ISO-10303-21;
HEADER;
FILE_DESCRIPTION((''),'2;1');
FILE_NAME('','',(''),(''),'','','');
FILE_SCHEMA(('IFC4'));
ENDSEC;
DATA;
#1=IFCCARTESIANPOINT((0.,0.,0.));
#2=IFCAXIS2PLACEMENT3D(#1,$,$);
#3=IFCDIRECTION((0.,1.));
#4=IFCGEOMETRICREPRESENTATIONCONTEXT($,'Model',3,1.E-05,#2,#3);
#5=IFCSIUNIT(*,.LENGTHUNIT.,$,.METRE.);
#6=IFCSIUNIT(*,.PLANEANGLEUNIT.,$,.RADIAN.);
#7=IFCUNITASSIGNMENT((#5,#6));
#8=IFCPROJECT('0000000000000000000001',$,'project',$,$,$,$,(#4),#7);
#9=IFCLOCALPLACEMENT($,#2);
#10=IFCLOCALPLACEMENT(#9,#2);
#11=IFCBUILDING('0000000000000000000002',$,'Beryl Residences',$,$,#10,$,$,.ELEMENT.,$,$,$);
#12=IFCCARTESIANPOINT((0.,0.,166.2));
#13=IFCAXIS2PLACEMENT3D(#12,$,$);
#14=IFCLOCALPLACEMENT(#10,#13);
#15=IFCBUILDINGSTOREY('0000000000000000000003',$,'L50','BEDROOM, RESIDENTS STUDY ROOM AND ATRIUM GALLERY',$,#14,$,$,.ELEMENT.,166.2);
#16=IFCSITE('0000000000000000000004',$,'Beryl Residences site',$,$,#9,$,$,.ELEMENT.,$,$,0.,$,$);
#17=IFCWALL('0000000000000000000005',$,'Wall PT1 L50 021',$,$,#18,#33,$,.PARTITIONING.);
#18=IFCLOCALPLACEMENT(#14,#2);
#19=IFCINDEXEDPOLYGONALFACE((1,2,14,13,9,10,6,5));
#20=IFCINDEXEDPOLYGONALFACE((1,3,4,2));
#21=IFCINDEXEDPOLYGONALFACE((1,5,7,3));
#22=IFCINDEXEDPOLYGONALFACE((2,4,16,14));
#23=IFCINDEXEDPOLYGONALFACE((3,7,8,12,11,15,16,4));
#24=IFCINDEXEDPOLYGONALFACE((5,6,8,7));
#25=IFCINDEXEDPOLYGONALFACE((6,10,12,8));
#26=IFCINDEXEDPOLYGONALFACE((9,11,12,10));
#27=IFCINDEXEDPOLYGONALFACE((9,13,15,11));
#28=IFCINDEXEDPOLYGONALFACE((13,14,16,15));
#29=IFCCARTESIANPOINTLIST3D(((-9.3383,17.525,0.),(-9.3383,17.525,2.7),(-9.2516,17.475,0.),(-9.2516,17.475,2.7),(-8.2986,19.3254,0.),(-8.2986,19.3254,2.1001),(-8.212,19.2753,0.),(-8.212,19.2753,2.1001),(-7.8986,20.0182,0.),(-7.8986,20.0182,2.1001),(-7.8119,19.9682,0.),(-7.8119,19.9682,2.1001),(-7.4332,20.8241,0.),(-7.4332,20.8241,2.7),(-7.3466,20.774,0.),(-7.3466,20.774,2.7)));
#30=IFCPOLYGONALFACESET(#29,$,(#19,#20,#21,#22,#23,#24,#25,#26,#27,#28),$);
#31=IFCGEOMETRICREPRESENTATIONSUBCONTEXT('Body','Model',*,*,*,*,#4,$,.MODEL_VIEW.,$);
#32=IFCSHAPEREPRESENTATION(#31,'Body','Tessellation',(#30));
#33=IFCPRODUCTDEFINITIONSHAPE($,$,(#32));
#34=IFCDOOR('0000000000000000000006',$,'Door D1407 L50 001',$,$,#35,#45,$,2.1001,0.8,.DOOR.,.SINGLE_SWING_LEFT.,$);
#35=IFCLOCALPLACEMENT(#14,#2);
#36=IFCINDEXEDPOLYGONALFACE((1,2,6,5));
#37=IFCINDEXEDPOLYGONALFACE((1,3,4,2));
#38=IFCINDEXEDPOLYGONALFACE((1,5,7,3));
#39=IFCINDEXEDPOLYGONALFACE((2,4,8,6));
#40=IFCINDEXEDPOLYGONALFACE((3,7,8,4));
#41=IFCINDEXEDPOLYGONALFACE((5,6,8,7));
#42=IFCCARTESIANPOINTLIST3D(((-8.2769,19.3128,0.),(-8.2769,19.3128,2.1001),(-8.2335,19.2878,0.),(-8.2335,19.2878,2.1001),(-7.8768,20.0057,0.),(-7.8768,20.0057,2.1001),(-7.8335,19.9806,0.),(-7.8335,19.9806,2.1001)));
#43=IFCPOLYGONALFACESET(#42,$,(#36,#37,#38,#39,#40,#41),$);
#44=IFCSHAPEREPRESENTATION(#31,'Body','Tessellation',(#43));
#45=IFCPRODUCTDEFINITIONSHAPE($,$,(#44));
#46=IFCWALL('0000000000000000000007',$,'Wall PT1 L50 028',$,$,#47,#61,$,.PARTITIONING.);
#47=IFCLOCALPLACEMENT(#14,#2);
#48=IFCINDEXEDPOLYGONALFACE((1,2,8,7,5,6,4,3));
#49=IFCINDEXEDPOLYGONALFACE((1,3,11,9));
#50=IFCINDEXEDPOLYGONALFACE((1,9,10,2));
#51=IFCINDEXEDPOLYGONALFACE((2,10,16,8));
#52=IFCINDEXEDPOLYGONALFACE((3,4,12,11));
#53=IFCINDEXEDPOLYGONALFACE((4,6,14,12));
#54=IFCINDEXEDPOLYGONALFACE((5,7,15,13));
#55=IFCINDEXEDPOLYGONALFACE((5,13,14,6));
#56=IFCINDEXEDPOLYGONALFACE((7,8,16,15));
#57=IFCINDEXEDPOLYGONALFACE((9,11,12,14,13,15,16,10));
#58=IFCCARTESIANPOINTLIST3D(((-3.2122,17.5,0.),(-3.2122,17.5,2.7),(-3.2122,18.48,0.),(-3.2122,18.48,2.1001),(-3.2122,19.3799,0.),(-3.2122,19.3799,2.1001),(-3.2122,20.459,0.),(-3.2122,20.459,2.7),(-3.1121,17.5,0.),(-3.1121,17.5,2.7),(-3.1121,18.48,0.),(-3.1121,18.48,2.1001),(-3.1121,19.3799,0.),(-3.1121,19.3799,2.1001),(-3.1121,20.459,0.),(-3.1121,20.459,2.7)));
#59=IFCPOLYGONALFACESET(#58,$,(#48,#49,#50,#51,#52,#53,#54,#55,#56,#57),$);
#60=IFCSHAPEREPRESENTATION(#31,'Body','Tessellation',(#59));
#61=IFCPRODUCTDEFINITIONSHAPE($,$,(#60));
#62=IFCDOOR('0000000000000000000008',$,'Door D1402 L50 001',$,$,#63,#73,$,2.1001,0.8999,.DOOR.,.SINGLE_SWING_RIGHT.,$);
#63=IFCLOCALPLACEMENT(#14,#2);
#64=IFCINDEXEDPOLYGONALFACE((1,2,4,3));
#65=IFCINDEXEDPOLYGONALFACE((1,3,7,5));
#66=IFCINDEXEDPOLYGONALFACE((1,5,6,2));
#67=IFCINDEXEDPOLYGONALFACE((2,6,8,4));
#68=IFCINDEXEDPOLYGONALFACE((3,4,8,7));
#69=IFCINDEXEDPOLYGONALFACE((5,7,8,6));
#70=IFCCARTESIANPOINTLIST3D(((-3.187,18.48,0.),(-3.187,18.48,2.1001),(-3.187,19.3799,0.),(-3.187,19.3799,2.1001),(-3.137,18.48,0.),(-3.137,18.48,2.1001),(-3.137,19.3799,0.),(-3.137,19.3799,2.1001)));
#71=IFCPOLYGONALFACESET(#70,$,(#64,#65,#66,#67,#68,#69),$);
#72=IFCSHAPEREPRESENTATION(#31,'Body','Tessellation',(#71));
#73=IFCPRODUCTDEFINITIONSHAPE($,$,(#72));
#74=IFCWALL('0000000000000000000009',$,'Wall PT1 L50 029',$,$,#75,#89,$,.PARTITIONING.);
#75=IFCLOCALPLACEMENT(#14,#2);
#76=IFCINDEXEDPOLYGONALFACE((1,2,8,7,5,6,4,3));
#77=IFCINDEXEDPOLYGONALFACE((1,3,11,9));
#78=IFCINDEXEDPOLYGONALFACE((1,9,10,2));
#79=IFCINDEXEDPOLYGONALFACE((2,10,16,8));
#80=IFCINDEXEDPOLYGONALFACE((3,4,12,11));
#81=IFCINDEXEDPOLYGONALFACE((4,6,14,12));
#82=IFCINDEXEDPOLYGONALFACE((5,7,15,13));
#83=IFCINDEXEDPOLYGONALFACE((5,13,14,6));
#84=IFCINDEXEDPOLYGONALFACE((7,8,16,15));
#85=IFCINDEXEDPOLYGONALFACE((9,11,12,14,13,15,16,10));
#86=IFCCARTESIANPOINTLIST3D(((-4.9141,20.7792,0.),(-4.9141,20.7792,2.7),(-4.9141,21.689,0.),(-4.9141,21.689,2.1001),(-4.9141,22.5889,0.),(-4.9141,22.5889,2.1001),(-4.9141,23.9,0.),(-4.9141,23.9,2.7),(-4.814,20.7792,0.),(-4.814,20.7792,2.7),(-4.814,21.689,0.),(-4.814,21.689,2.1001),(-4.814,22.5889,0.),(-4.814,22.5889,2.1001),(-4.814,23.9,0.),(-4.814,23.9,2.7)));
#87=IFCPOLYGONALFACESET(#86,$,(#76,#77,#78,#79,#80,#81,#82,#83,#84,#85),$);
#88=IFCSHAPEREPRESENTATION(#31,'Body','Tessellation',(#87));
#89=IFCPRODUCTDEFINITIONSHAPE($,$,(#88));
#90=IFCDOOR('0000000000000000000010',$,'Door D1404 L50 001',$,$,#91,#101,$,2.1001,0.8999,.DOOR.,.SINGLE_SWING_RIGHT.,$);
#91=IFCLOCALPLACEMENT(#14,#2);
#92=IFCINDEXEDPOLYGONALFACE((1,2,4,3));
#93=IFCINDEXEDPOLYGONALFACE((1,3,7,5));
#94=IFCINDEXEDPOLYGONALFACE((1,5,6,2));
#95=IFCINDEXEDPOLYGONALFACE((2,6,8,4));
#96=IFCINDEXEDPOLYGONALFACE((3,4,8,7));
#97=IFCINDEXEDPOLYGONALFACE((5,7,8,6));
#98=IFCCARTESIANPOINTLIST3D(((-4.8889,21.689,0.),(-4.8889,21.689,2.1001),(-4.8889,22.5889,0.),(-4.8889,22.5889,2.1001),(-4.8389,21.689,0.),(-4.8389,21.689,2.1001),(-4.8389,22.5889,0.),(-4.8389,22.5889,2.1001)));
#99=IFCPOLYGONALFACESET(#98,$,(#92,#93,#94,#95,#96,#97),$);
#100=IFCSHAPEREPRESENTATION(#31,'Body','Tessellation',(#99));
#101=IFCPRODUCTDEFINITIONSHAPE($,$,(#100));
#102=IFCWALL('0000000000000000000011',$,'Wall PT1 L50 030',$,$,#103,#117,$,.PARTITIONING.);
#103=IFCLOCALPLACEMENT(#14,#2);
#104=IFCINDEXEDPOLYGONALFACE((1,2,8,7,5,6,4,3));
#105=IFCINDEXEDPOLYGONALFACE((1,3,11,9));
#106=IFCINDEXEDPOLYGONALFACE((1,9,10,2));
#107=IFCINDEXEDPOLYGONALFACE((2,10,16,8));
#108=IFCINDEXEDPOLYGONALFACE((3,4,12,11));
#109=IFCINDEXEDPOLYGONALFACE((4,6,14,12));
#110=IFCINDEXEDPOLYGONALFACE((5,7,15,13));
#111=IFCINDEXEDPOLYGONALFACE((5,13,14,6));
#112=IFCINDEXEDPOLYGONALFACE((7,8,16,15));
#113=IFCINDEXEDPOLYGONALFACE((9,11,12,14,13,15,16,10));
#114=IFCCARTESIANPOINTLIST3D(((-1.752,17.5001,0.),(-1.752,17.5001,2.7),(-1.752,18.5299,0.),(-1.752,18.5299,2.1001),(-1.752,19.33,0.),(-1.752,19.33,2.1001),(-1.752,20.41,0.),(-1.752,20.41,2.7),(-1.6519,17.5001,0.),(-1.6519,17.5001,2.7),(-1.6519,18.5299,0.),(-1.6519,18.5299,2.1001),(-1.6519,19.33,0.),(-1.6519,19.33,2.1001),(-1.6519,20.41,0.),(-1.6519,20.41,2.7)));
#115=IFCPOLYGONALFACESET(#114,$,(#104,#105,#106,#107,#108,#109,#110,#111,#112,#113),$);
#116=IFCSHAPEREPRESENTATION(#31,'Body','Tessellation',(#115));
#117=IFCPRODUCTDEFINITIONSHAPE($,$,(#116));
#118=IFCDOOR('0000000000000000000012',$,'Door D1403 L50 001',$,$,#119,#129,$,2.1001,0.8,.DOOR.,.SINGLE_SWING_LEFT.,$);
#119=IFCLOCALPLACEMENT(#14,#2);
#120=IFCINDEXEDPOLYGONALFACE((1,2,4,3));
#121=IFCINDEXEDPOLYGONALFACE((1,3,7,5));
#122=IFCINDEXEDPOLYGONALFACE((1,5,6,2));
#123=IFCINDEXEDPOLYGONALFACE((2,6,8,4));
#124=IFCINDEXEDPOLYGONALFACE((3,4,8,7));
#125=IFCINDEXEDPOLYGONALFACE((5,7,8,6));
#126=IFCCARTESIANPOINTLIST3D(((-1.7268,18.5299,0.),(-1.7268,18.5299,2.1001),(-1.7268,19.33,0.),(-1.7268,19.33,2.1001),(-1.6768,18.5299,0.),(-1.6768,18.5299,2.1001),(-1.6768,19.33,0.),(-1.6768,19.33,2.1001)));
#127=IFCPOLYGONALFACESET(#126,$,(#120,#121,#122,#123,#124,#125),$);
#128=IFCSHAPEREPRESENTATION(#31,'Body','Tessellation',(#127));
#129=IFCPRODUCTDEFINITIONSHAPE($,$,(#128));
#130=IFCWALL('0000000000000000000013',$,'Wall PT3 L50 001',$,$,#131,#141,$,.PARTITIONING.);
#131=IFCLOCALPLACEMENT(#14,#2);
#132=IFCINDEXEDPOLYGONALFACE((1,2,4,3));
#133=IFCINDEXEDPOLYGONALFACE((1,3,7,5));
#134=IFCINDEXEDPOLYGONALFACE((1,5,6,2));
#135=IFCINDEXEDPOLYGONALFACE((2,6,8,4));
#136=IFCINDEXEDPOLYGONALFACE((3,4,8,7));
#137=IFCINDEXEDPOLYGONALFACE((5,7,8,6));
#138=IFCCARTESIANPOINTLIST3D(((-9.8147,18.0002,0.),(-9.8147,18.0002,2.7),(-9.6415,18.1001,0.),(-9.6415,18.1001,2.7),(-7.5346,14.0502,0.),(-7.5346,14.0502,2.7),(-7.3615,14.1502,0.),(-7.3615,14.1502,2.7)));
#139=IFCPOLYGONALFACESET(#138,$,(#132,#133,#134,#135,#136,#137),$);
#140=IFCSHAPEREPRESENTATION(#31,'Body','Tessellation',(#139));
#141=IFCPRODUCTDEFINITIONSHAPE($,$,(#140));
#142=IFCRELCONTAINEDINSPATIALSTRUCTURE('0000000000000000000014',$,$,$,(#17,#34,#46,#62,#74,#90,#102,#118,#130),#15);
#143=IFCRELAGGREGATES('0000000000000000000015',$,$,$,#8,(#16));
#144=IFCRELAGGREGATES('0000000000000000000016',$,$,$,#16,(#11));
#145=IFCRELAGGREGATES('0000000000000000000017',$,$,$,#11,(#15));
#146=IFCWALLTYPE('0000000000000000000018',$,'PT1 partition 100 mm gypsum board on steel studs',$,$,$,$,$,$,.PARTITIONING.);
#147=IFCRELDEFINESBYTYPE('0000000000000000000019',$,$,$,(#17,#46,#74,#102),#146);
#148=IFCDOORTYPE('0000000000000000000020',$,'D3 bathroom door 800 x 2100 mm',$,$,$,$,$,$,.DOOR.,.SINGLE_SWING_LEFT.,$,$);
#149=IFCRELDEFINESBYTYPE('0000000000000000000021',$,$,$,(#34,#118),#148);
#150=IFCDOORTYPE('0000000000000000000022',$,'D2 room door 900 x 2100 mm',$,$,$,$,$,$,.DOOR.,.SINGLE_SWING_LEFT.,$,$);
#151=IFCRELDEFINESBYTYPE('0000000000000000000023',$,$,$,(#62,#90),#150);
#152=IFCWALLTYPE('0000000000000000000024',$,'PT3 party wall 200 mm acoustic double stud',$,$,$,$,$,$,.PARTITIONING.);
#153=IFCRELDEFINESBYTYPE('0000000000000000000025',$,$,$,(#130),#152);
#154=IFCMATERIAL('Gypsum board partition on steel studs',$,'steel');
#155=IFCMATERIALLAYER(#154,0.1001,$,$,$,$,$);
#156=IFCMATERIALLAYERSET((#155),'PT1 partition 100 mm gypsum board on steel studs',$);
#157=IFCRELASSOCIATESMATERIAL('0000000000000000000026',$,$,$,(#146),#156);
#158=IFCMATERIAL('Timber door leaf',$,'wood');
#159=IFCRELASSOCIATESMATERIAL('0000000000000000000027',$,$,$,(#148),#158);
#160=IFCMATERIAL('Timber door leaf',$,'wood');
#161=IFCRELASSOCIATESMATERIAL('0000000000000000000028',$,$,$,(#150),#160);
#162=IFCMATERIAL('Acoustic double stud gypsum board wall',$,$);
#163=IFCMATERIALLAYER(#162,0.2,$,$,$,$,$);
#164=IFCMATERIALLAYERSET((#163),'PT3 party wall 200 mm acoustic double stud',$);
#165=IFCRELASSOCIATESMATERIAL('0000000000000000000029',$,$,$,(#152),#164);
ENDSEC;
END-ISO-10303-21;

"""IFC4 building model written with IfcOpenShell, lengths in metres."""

from ifc_helpers import new_model, si_unit, direction, frame, frame_2d, origin, place, context, subcontext, project, spatial, rectangle, extrude, material, layer, layer_set, type_object, element, fill, save


model = new_model("IFC4")

# Units and contexts
model_context = context("Model", 3, precision=1e-05, world=origin(), true_north=direction((0.0, 1.0)))
body_context = subcontext(model_context, "Body", "Model", "MODEL_VIEW")
ifc_project = project(units=[si_unit("LENGTHUNIT", "METRE"), si_unit("PLANEANGLEUNIT", "RADIAN")], contexts=[model_context])

# Site, building, storey
site_placement = place(None, origin())
site = spatial("IfcSite", under=ifc_project, at=site_placement, Name="Beryl Residences site", CompositionType="ELEMENT", RefElevation=0.0)
building_placement = place(site_placement, origin())
building = spatial("IfcBuilding", under=site, at=building_placement, Name="Beryl Residences", CompositionType="ELEMENT")
storey_placement = place(building_placement, frame((0.0, 0.0, 166.2)))
storey = spatial("IfcBuildingStorey", under=building, at=storey_placement, Name="L50", Description="BEDROOM, RESIDENTS STUDY ROOM AND ATRIUM GALLERY", CompositionType="ELEMENT", Elevation=166.2)

# Shared definitions
ifc_material_1 = material(Name="Gypsum board partition on steel studs", Category="steel")
ifc_layer_1 = layer(ifc_material_1, 0.1001)
ifc_layer_set_1 = layer_set([ifc_layer_1], Name="PT1 partition 100 mm gypsum board on steel studs")
wall_type_1 = type_object("IfcWallType", Name="PT1 partition 100 mm gypsum board on steel studs", PredefinedType="PARTITIONING", material=ifc_layer_set_1)

# Walls, openings, doors
wall_1_placement = place(storey_placement, frame((-9.2949, 17.5, 0.0), z_axis=(0.0, 0.0, 1.0), x_axis=(0.500061, 0.86599, 0.0)))
wall_1 = element("IfcWall", 1, at=wall_1_placement, inside=storey, type_object=wall_type_1, Name="Wall PT1 L50 021", PredefinedType="PARTITIONING", context=body_context, shape_type="SweptSolid", body=[
    extrude(rectangle(XDim=3.8096, YDim=0.1001, at=frame_2d((1.9048, 0.0))), origin(), (0.0, 0.0, 1.0), 2.7),
])
opening_1_placement = place(wall_1_placement, frame((2.0791, 0.0, 0.0)))
opening_1 = element("IfcOpeningElement", 2, at=opening_1_placement, cuts=wall_1, PredefinedType="OPENING", context=body_context, shape_type="SweptSolid", body=[
    extrude(rectangle(XDim=0.8, YDim=2.1001, at=frame_2d((0.3999, 1.05))), frame((0.0, 0.0601, 0.0), z_axis=(0.0, -1.0, 0.0), x_axis=(1.0, 0.0, 0.0)), (0.0, 0.0, 1.0), 0.1201),
])
ifc_material_2 = material(Name="Timber door leaf", Category="wood")
door_type_1 = type_object("IfcDoorType", Name="D3 bathroom door 800 x 2100 mm", OperationType="SINGLE_SWING_LEFT", PredefinedType="DOOR", material=ifc_material_2)
door_1_placement = place(opening_1_placement, origin())
door_1 = element("IfcDoor", 3, at=door_1_placement, inside=storey, type_object=door_type_1, Name="Door D1407 L50 001", OperationType="SINGLE_SWING_LEFT", OverallHeight=2.1001, OverallWidth=0.8, PredefinedType="DOOR", context=body_context, shape_type="SweptSolid", body=[
    extrude(rectangle(XDim=0.8, YDim=2.1001, at=frame_2d((0.3999, 1.05))), frame((0.0, 0.0249, 0.0), z_axis=(0.0, -1.0, 0.0), x_axis=(1.0, 0.0, 0.0)), (0.0, 0.0, 1.0), 0.05),
])
fill(opening_1, door_1)
wall_2_placement = place(storey_placement, frame((-3.1621, 17.5, 0.0), z_axis=(0.0, 0.0, 1.0), x_axis=(0.0, 1.0, 0.0)))
wall_2 = element("IfcWall", 4, at=wall_2_placement, inside=storey, type_object=wall_type_1, Name="Wall PT1 L50 028", PredefinedType="PARTITIONING", context=body_context, shape_type="SweptSolid", body=[
    extrude(rectangle(XDim=2.959, YDim=0.1001, at=frame_2d((1.4795, 0.0))), origin(), (0.0, 0.0, 1.0), 2.7),
])
opening_2_placement = place(wall_2_placement, frame((0.98, 0.0, 0.0)))
opening_2 = element("IfcOpeningElement", 5, at=opening_2_placement, cuts=wall_2, PredefinedType="OPENING", context=body_context, shape_type="SweptSolid", body=[
    extrude(rectangle(XDim=0.8999, YDim=2.1001, at=frame_2d((0.45, 1.05))), frame((0.0, 0.0601, 0.0), z_axis=(0.0, -1.0, 0.0), x_axis=(1.0, 0.0, 0.0)), (0.0, 0.0, 1.0), 0.1201),
])
ifc_material_3 = material(Name="Timber door leaf", Category="wood")
door_type_2 = type_object("IfcDoorType", Name="D2 room door 900 x 2100 mm", OperationType="SINGLE_SWING_LEFT", PredefinedType="DOOR", material=ifc_material_3)
door_2_placement = place(opening_2_placement, origin())
door_2 = element("IfcDoor", 6, at=door_2_placement, inside=storey, type_object=door_type_2, Name="Door D1402 L50 001", OperationType="SINGLE_SWING_RIGHT", OverallHeight=2.1001, OverallWidth=0.8999, PredefinedType="DOOR", context=body_context, shape_type="SweptSolid", body=[
    extrude(rectangle(XDim=0.8999, YDim=2.1001, at=frame_2d((0.45, 1.05))), frame((0.0, 0.0249, 0.0), z_axis=(0.0, -1.0, 0.0), x_axis=(1.0, 0.0, 0.0)), (0.0, 0.0, 1.0), 0.05),
])
fill(opening_2, door_2)
wall_3_placement = place(storey_placement, frame((-4.864, 20.7791, 0.0), z_axis=(0.0, 0.0, 1.0), x_axis=(0.0, 1.0, 0.0)))
wall_3 = element("IfcWall", 7, at=wall_3_placement, inside=storey, type_object=wall_type_1, Name="Wall PT1 L50 029", PredefinedType="PARTITIONING", context=body_context, shape_type="SweptSolid", body=[
    extrude(rectangle(XDim=3.1208, YDim=0.1001, at=frame_2d((1.5605, 0.0))), origin(), (0.0, 0.0, 1.0), 2.7),
])
opening_3_placement = place(wall_3_placement, frame((0.9099, 0.0, 0.0)))
opening_3 = element("IfcOpeningElement", 8, at=opening_3_placement, cuts=wall_3, PredefinedType="OPENING", context=body_context, shape_type="SweptSolid", body=[
    extrude(rectangle(XDim=0.8999, YDim=2.1001, at=frame_2d((0.45, 1.05))), frame((0.0, 0.0601, 0.0), z_axis=(0.0, -1.0, 0.0), x_axis=(1.0, 0.0, 0.0)), (0.0, 0.0, 1.0), 0.1201),
])
door_3_placement = place(opening_3_placement, origin())
door_3 = element("IfcDoor", 9, at=door_3_placement, inside=storey, type_object=door_type_2, Name="Door D1404 L50 001", OperationType="SINGLE_SWING_RIGHT", OverallHeight=2.1001, OverallWidth=0.8999, PredefinedType="DOOR", context=body_context, shape_type="SweptSolid", body=[
    extrude(rectangle(XDim=0.8999, YDim=2.1001, at=frame_2d((0.45, 1.05))), frame((0.0, 0.0249, 0.0), z_axis=(0.0, -1.0, 0.0), x_axis=(1.0, 0.0, 0.0)), (0.0, 0.0, 1.0), 0.05),
])
fill(opening_3, door_3)
wall_4_placement = place(storey_placement, frame((-1.7019, 17.5, 0.0), z_axis=(0.0, 0.0, 1.0), x_axis=(0.0, 1.0, 0.0)))
wall_4 = element("IfcWall", 10, at=wall_4_placement, inside=storey, type_object=wall_type_1, Name="Wall PT1 L50 030", PredefinedType="PARTITIONING", context=body_context, shape_type="SweptSolid", body=[
    extrude(rectangle(XDim=2.9099, YDim=0.1001, at=frame_2d((1.4551, 0.0))), origin(), (0.0, 0.0, 1.0), 2.7),
])
opening_4_placement = place(wall_4_placement, frame((1.03, 0.0, 0.0)))
opening_4 = element("IfcOpeningElement", 11, at=opening_4_placement, cuts=wall_4, PredefinedType="OPENING", context=body_context, shape_type="SweptSolid", body=[
    extrude(rectangle(XDim=0.8, YDim=2.1001, at=frame_2d((0.3999, 1.05))), frame((0.0, 0.0601, 0.0), z_axis=(0.0, -1.0, 0.0), x_axis=(1.0, 0.0, 0.0)), (0.0, 0.0, 1.0), 0.1201),
])
door_4_placement = place(opening_4_placement, origin())
door_4 = element("IfcDoor", 12, at=door_4_placement, inside=storey, type_object=door_type_1, Name="Door D1403 L50 001", OperationType="SINGLE_SWING_LEFT", OverallHeight=2.1001, OverallWidth=0.8, PredefinedType="DOOR", context=body_context, shape_type="SweptSolid", body=[
    extrude(rectangle(XDim=0.8, YDim=2.1001, at=frame_2d((0.3999, 1.05))), frame((0.0, 0.0249, 0.0), z_axis=(0.0, -1.0, 0.0), x_axis=(1.0, 0.0, 0.0)), (0.0, 0.0, 1.0), 0.05),
])
fill(opening_4, door_4)

# Wall
ifc_material_4 = material(Name="Acoustic double stud gypsum board wall")
ifc_layer_2 = layer(ifc_material_4, 0.2)
ifc_layer_set_2 = layer_set([ifc_layer_2], Name="PT3 party wall 200 mm acoustic double stud")
wall_type_2 = type_object("IfcWallType", Name="PT3 party wall 200 mm acoustic double stud", PredefinedType="PARTITIONING", material=ifc_layer_set_2)
wall_5_placement = place(storey_placement, frame((-9.728, 18.05, 0.0), z_axis=(0.0, 0.0, 1.0), x_axis=(0.499922, -0.866071, 0.0)))
element("IfcWall", 13, at=wall_5_placement, inside=storey, type_object=wall_type_2, Name="Wall PT3 L50 001", PredefinedType="PARTITIONING", context=body_context, shape_type="SweptSolid", body=[
    extrude(rectangle(XDim=4.5608, YDim=0.2, at=frame_2d((2.2803, 0.0))), origin(), (0.0, 0.0, 1.0), 2.7),
])

save(model, "model.ifc")
